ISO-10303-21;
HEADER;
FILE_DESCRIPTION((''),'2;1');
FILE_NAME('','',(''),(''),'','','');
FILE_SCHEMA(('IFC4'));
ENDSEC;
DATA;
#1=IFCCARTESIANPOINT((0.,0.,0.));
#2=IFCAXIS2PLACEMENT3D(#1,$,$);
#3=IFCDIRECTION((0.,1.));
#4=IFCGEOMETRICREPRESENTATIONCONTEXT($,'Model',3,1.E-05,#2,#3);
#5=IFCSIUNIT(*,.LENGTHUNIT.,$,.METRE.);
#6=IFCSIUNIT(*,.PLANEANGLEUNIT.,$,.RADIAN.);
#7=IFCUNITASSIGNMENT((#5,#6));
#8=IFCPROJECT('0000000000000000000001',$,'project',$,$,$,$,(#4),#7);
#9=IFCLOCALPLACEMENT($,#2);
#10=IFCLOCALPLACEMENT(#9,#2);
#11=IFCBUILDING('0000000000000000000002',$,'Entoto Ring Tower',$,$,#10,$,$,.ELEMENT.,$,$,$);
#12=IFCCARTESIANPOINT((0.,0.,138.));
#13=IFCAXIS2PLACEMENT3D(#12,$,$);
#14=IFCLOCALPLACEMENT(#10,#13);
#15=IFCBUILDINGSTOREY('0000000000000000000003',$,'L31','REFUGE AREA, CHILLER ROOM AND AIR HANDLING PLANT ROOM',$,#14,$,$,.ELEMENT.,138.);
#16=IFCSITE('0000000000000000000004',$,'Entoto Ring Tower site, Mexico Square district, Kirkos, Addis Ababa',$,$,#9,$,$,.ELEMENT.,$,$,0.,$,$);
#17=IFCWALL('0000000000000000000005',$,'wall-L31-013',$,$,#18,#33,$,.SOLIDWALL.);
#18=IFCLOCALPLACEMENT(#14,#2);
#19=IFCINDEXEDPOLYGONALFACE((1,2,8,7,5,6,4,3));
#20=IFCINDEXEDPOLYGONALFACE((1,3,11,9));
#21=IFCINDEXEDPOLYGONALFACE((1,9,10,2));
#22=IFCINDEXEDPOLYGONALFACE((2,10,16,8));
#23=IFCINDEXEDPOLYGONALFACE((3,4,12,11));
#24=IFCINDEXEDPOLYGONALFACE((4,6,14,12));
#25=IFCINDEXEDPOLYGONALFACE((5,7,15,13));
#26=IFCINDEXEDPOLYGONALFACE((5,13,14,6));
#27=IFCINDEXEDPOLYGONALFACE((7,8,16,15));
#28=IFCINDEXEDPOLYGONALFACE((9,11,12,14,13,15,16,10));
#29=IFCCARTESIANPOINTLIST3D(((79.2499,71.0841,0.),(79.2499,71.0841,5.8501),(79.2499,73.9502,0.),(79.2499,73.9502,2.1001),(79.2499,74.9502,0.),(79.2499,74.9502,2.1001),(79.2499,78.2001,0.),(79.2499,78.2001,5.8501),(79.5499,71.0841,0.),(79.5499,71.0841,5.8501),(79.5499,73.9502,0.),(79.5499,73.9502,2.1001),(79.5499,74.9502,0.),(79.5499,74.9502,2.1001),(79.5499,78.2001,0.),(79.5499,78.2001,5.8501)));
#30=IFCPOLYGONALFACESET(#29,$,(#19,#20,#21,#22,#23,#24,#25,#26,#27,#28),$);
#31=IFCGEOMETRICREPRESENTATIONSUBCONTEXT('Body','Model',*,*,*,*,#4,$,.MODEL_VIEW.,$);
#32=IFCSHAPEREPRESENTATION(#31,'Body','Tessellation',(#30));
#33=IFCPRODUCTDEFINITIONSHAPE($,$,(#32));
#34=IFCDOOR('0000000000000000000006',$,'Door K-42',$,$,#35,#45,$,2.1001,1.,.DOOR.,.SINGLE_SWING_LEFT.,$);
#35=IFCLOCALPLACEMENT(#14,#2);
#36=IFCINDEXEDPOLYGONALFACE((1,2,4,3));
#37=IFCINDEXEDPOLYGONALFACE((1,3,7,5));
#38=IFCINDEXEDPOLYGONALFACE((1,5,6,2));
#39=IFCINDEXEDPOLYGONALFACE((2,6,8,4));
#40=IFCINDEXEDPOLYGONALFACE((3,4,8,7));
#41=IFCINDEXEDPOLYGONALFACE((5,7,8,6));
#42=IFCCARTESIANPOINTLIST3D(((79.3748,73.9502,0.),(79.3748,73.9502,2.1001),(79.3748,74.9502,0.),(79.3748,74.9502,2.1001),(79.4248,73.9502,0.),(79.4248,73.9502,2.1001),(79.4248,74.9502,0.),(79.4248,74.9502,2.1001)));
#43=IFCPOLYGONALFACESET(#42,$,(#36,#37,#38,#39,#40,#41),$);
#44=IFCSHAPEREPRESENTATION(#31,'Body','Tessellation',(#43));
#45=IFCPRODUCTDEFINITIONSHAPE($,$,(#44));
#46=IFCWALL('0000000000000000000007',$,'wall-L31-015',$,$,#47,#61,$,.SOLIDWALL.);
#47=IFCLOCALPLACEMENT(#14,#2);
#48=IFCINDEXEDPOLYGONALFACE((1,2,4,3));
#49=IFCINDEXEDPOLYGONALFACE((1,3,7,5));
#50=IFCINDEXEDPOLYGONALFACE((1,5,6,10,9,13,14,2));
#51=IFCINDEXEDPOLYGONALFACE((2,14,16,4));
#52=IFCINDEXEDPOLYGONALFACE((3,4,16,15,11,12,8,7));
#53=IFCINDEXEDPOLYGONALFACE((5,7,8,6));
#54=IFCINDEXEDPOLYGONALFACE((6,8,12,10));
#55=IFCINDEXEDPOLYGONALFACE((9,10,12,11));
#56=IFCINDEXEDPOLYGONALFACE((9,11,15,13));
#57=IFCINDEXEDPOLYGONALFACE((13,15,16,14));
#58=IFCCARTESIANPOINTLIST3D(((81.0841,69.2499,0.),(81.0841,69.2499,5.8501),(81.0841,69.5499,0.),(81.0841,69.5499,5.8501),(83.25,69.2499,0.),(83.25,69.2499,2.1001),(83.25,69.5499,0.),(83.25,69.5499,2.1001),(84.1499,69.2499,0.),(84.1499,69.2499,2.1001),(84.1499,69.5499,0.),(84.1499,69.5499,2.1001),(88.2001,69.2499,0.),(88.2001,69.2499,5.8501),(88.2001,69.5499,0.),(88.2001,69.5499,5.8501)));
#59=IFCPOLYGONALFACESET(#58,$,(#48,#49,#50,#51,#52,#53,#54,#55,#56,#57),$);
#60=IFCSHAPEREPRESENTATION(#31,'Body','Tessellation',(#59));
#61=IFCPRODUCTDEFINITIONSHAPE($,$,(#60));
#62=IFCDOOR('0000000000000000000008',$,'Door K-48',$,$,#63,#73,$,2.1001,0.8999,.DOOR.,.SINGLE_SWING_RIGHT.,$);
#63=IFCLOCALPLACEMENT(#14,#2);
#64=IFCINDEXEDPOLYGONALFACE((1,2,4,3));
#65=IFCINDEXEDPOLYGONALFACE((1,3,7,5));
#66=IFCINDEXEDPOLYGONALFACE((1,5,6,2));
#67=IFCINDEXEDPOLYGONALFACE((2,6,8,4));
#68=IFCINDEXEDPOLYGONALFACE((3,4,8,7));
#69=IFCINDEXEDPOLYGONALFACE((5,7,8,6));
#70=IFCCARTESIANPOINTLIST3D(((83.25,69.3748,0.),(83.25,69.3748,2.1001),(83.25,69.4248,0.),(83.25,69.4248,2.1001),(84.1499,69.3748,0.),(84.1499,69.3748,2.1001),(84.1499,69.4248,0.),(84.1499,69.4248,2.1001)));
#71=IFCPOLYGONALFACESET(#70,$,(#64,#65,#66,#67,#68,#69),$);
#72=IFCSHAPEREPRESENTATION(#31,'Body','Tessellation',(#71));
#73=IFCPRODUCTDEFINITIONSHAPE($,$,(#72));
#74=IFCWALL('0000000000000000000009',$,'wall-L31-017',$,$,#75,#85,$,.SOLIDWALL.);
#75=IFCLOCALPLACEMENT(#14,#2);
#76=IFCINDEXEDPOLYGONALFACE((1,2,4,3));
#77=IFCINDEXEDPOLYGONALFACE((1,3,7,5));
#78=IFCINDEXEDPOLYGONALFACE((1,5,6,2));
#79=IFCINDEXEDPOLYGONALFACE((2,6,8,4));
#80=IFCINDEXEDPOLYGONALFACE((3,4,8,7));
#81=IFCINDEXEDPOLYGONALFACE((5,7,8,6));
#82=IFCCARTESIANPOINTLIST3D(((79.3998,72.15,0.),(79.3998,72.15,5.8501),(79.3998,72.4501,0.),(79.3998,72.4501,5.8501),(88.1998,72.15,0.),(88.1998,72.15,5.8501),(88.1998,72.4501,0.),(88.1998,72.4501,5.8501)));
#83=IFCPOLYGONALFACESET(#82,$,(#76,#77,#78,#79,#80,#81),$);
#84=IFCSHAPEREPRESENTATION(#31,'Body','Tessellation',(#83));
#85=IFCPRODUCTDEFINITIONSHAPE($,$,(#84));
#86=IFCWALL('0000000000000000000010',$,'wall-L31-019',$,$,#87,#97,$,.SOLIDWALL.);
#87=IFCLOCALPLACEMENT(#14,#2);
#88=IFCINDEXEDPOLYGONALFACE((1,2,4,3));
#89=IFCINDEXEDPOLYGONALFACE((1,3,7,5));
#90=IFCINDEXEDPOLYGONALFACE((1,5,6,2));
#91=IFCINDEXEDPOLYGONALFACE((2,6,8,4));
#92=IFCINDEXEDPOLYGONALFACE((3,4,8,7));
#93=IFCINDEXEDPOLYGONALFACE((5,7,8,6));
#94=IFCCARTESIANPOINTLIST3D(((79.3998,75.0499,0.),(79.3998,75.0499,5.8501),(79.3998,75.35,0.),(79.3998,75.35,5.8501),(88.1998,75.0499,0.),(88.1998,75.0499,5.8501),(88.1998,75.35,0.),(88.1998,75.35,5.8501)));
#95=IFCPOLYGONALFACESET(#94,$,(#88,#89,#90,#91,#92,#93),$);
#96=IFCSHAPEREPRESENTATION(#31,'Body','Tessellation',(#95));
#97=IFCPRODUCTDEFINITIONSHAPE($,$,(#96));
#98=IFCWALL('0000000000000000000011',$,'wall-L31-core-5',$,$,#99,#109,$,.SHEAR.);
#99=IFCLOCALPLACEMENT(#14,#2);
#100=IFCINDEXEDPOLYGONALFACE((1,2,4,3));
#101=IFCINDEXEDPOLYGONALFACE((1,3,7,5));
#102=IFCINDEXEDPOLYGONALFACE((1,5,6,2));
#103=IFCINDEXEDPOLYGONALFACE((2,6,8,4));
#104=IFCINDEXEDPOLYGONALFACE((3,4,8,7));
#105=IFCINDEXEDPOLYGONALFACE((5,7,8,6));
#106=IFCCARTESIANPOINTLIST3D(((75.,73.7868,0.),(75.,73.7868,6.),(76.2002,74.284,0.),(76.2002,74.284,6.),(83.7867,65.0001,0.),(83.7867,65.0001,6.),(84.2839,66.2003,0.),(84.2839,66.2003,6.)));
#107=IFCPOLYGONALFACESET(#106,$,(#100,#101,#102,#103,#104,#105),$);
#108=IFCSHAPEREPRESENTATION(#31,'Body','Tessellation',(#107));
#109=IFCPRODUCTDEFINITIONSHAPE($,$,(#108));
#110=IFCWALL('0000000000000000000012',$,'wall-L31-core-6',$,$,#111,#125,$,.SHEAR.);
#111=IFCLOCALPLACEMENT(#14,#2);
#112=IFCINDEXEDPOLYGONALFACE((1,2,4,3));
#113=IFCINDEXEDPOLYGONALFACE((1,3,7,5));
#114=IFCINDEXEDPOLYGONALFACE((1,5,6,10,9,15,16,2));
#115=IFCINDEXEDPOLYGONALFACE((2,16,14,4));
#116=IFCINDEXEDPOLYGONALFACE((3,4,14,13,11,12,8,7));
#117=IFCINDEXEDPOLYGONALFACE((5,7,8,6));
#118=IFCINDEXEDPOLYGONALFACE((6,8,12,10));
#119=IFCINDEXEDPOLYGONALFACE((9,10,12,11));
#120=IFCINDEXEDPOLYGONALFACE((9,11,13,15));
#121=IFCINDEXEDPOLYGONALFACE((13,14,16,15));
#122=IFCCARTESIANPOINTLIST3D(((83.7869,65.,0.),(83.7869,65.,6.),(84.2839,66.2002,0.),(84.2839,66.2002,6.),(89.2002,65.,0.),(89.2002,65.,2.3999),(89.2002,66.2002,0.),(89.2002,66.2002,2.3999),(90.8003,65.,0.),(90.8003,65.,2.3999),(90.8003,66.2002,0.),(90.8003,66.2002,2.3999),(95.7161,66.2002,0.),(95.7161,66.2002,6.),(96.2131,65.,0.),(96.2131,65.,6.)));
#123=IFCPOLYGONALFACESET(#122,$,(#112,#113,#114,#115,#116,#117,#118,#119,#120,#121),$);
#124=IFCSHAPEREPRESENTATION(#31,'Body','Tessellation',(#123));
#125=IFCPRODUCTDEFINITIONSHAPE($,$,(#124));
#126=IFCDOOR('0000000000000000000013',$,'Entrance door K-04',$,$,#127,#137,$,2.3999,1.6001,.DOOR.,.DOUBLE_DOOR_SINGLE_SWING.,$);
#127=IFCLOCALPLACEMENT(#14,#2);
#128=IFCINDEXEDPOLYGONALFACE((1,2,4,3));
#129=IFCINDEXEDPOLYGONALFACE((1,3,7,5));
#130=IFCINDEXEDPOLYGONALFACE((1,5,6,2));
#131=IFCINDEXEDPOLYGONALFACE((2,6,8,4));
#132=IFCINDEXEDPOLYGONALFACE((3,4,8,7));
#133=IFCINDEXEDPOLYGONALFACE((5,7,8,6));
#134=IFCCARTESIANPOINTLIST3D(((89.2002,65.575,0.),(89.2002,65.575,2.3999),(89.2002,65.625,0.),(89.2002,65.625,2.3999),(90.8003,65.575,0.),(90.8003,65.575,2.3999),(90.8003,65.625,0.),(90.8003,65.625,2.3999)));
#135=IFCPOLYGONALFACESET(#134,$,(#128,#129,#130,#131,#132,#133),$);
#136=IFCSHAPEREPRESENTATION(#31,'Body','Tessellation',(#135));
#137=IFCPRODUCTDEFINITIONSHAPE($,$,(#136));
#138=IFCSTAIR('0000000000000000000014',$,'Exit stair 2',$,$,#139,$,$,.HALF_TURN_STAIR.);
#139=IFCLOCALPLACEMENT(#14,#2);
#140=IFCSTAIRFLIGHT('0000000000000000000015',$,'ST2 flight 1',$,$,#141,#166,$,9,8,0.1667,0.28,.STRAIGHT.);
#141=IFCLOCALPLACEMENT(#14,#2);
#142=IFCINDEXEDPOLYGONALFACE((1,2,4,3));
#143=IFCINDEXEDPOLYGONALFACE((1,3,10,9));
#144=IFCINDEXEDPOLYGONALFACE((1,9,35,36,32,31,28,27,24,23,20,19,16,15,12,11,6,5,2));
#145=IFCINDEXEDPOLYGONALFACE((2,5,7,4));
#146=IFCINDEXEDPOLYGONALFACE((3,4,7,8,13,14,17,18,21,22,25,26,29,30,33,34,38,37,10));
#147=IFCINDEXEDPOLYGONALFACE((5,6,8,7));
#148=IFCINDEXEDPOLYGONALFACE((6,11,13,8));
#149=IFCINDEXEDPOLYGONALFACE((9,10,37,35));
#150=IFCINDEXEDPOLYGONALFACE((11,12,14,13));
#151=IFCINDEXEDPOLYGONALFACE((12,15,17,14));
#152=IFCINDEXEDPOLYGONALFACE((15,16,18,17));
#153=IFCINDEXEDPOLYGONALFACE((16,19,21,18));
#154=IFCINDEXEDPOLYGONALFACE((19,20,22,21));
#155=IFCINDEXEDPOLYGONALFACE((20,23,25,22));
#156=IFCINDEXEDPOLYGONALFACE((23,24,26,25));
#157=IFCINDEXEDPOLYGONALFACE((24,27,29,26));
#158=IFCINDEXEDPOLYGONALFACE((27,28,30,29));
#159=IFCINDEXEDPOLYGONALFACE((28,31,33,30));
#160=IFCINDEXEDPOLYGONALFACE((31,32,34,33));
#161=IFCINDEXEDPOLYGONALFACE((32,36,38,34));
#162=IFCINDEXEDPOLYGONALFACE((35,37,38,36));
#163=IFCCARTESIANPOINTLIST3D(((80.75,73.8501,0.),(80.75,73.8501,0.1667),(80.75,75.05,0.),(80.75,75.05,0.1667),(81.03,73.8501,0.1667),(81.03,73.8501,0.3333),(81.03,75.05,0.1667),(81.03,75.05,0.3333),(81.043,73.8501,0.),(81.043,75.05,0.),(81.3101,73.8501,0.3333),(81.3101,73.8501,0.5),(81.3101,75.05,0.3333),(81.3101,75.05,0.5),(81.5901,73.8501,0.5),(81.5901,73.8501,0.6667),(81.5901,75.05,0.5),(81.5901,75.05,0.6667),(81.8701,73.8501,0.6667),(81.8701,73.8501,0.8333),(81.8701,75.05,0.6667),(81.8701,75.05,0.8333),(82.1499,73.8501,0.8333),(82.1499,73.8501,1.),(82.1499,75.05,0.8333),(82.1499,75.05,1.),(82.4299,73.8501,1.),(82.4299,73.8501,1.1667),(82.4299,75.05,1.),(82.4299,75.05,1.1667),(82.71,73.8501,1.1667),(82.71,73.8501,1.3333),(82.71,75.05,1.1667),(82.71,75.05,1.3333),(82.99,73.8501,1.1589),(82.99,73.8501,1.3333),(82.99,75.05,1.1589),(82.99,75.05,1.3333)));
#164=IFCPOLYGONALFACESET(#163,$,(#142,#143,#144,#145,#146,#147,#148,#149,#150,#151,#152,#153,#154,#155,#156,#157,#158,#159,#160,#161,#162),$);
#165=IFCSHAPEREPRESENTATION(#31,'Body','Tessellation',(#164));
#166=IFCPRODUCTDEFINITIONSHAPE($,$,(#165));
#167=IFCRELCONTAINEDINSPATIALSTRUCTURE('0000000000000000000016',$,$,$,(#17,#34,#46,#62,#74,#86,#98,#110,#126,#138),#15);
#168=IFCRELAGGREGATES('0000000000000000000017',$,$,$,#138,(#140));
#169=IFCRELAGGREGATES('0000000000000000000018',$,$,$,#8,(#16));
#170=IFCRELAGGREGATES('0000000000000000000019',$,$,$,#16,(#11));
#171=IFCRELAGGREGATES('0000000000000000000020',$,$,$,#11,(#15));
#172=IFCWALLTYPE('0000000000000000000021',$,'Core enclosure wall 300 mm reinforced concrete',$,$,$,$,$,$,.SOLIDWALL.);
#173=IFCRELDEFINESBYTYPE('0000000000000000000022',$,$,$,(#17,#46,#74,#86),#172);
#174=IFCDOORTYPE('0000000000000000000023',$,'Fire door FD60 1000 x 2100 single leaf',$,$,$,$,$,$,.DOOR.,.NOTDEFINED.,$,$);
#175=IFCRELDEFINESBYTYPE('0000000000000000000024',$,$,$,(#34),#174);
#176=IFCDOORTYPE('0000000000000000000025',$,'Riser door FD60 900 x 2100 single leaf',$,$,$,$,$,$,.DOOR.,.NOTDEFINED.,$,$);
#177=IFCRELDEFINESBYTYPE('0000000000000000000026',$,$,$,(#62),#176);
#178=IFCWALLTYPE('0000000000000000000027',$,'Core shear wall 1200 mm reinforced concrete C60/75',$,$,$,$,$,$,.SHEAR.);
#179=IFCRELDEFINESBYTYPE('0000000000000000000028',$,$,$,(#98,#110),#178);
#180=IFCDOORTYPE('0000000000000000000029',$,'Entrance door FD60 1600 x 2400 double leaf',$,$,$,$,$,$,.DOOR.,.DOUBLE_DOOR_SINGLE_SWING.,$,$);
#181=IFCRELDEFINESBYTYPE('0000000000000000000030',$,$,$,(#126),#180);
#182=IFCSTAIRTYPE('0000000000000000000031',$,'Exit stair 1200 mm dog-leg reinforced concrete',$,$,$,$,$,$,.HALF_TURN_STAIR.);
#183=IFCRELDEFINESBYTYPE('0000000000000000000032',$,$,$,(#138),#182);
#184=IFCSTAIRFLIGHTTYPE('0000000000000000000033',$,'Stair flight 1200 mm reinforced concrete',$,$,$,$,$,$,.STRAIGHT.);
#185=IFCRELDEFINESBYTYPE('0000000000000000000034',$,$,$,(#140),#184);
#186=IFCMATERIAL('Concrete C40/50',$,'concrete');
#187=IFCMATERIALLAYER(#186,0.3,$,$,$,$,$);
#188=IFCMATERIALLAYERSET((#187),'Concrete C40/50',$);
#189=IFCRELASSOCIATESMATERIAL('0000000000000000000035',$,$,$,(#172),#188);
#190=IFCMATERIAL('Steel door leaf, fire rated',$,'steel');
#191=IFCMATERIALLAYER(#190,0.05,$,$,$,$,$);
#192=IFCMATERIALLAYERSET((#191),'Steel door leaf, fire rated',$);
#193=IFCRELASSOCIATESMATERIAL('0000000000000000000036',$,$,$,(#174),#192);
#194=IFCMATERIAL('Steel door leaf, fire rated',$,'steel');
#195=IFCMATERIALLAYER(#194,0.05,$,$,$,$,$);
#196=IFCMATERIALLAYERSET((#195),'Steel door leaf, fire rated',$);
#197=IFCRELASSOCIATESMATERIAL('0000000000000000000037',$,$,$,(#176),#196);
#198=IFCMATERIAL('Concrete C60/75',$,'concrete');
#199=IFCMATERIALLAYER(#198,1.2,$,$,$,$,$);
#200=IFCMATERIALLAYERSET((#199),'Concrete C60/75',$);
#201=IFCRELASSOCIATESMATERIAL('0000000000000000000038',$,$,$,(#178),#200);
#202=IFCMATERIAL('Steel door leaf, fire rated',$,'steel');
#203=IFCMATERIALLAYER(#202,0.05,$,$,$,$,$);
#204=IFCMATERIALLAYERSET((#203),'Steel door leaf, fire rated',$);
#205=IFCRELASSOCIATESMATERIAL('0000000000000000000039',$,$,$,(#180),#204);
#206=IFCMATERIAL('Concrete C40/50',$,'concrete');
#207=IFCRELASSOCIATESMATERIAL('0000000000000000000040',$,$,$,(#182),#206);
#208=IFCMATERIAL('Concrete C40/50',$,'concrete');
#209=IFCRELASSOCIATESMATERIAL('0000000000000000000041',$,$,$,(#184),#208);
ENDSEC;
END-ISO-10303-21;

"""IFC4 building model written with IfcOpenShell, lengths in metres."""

from ifc_helpers import new_model, si_unit, direction, frame, frame_2d, origin, place, context, subcontext, project, spatial, polyline, rectangle, outline, extrude, material, layer, layer_set, type_object, element, fill, aggregate, save


model = new_model("IFC4")

# Units and contexts
model_context = context("Model", 3, precision=1e-05, world=origin(), true_north=direction((0.0, 1.0)))
body_context = subcontext(model_context, "Body", "Model", "MODEL_VIEW")
ifc_project = project(units=[si_unit("LENGTHUNIT", "METRE"), si_unit("PLANEANGLEUNIT", "RADIAN")], contexts=[model_context])

# Site, building, storey
site_placement = place(None, origin())
site = spatial("IfcSite", under=ifc_project, at=site_placement, Name="Entoto Ring Tower site, Mexico Square district, Kirkos, Addis Ababa", CompositionType="ELEMENT", RefElevation=0.0)
building_placement = place(site_placement, origin())
building = spatial("IfcBuilding", under=site, at=building_placement, Name="Entoto Ring Tower", CompositionType="ELEMENT")
storey_placement = place(building_placement, frame((0.0, 0.0, 138.0)))
storey = spatial("IfcBuildingStorey", under=building, at=storey_placement, Name="L31", Description="REFUGE AREA, CHILLER ROOM AND AIR HANDLING PLANT ROOM", CompositionType="ELEMENT", Elevation=138.0)

# Shared definitions
ifc_material_1 = material(Name="Concrete C40/50", Category="concrete")
ifc_layer_1 = layer(ifc_material_1, 0.3)
ifc_layer_set_1 = layer_set([ifc_layer_1], Name="Concrete C40/50")
wall_type_1 = type_object("IfcWallType", Name="Core enclosure wall 300 mm reinforced concrete", PredefinedType="SOLIDWALL", material=ifc_layer_set_1)

# Walls, openings, doors
wall_1_placement = place(storey_placement, frame((79.3999, 71.084, 0.0), z_axis=(0.0, 0.0, 1.0), x_axis=(0.0, 1.0, 0.0)))
wall_1 = element("IfcWall", 1, at=wall_1_placement, inside=storey, type_object=wall_type_1, Name="wall-L31-013", PredefinedType="SOLIDWALL", context=body_context, shape_type="SweptSolid", body=[
    extrude(rectangle(XDim=7.116, YDim=0.3, at=frame_2d((3.5581, 0.0))), origin(), (0.0, 0.0, 1.0), 5.8501),
])
opening_1_placement = place(wall_1_placement, frame((2.8662, 0.0, 0.0)))
opening_1 = element("IfcOpeningElement", 2, at=opening_1_placement, cuts=wall_1, PredefinedType="OPENING", context=body_context, shape_type="SweptSolid", body=[
    extrude(rectangle(XDim=1.0, YDim=2.1001, at=frame_2d((0.5, 1.05))), frame((0.0, 0.1602, 0.0), z_axis=(0.0, -1.0, 0.0), x_axis=(1.0, 0.0, 0.0)), (0.0, 0.0, 1.0), 0.3201),
])
ifc_material_2 = material(Name="Steel door leaf, fire rated", Category="steel")
ifc_layer_2 = layer(ifc_material_2, 0.05)
ifc_layer_set_2 = layer_set([ifc_layer_2], Name="Steel door leaf, fire rated")
door_type_1 = type_object("IfcDoorType", Name="Fire door FD60 1000 x 2100 single leaf", OperationType="NOTDEFINED", PredefinedType="DOOR", material=ifc_layer_set_2)
door_1_placement = place(opening_1_placement, frame((1.0, 0.0, 0.0), z_axis=(0.0, 0.0, 1.0), x_axis=(-1.0, 0.0, 0.0)))
door_1 = element("IfcDoor", 3, at=door_1_placement, inside=storey, type_object=door_type_1, Name="Door K-42", OperationType="SINGLE_SWING_LEFT", OverallHeight=2.1001, OverallWidth=1.0, PredefinedType="DOOR", context=body_context, shape_type="SweptSolid", body=[
    extrude(rectangle(XDim=1.0, YDim=2.1001, at=frame_2d((0.5, 1.05))), frame((0.0, 0.0249, 0.0), z_axis=(0.0, -1.0, 0.0), x_axis=(1.0, 0.0, 0.0)), (0.0, 0.0, 1.0), 0.05),
])
fill(opening_1, door_1)
wall_2_placement = place(storey_placement, frame((81.084, 69.3999, 0.0), z_axis=(0.0, 0.0, 1.0), x_axis=(1.0, 0.0, 0.0)))
wall_2 = element("IfcWall", 4, at=wall_2_placement, inside=storey, type_object=wall_type_1, Name="wall-L31-015", PredefinedType="SOLIDWALL", context=body_context, shape_type="SweptSolid", body=[
    extrude(rectangle(XDim=7.116, YDim=0.3, at=frame_2d((3.5581, 0.0))), origin(), (0.0, 0.0, 1.0), 5.8501),
])
opening_2_placement = place(wall_2_placement, frame((2.166, 0.0, 0.0)))
opening_2 = element("IfcOpeningElement", 5, at=opening_2_placement, cuts=wall_2, PredefinedType="OPENING", context=body_context, shape_type="SweptSolid", body=[
    extrude(rectangle(XDim=0.8999, YDim=2.1001, at=frame_2d((0.45, 1.05))), frame((0.0, 0.1602, 0.0), z_axis=(0.0, -1.0, 0.0), x_axis=(1.0, 0.0, 0.0)), (0.0, 0.0, 1.0), 0.3201),
])
ifc_material_3 = material(Name="Steel door leaf, fire rated", Category="steel")
ifc_layer_3 = layer(ifc_material_3, 0.05)
ifc_layer_set_3 = layer_set([ifc_layer_3], Name="Steel door leaf, fire rated")
door_type_2 = type_object("IfcDoorType", Name="Riser door FD60 900 x 2100 single leaf", OperationType="NOTDEFINED", PredefinedType="DOOR", material=ifc_layer_set_3)
door_2_placement = place(opening_2_placement, origin())
door_2 = element("IfcDoor", 6, at=door_2_placement, inside=storey, type_object=door_type_2, Name="Door K-48", OperationType="SINGLE_SWING_RIGHT", OverallHeight=2.1001, OverallWidth=0.8999, PredefinedType="DOOR", context=body_context, shape_type="SweptSolid", body=[
    extrude(rectangle(XDim=0.8999, YDim=2.1001, at=frame_2d((0.45, 1.05))), frame((0.0, 0.0249, 0.0), z_axis=(0.0, -1.0, 0.0), x_axis=(1.0, 0.0, 0.0)), (0.0, 0.0, 1.0), 0.05),
])
fill(opening_2, door_2)

# Walls
for number, where, z_axis, x_axis, name in (
    (7, (79.3999, 72.3, 0.0), (0.0, 0.0, 1.0), (1.0, 0.0, 0.0), "wall-L31-017"),
    (8, (79.3999, 75.2, 0.0), (0.0, 0.0, 1.0), (1.0, 0.0, 0.0), "wall-L31-019"),
):
    element("IfcWall", number, at=place(storey_placement, frame(where, z_axis=z_axis, x_axis=x_axis)), inside=storey, type_object=wall_type_1, Name=name, PredefinedType="SOLIDWALL", context=body_context, shape_type="SweptSolid", body=[
        extrude(rectangle(XDim=8.8, YDim=0.3, at=frame_2d((4.3999, 0.0))), origin(), (0.0, 0.0, 1.0), 5.8501),
    ])
ifc_material_4 = material(Name="Concrete C60/75", Category="concrete")
ifc_layer_4 = layer(ifc_material_4, 1.2)
ifc_layer_set_4 = layer_set([ifc_layer_4], Name="Concrete C60/75")
wall_type_2 = type_object("IfcWallType", Name="Core shear wall 1200 mm reinforced concrete C60/75", PredefinedType="SHEAR", material=ifc_layer_set_4)
wall_3_placement = place(storey_placement, frame((75.6001, 74.0354, 0.0), z_axis=(0.0, 0.0, 1.0), x_axis=(0.707107, -0.707107, 0.0)))
element("IfcWall", 9, at=wall_3_placement, inside=storey, type_object=wall_type_2, Name="wall-L31-core-5", PredefinedType="SHEAR", context=body_context, shape_type="SweptSolid", body=[
    extrude(outline(polyline([(-0.2485, -0.6001), (12.1777, -0.6001), (11.6807, 0.6001), (0.2485, 0.6001), (-0.2485, -0.6001)])), origin(), (0.0, 0.0, 1.0), 6.0),
])

# Wall, opening, door
wall_4_placement = place(storey_placement, frame((84.0354, 65.6001, 0.0), z_axis=(0.0, 0.0, 1.0), x_axis=(1.0, 0.0, 0.0)))
wall_4 = element("IfcWall", 10, at=wall_4_placement, inside=storey, type_object=wall_type_2, Name="wall-L31-core-6", PredefinedType="SHEAR", context=body_context, shape_type="SweptSolid", body=[
    extrude(outline(polyline([(-0.2485, -0.6001), (12.1777, -0.6001), (11.6807, 0.6001), (0.2485, 0.6001), (-0.2485, -0.6001)])), origin(), (0.0, 0.0, 1.0), 6.0),
])
opening_3_placement = place(wall_4_placement, frame((5.1648, 0.0, 0.0)))
opening_3 = element("IfcOpeningElement", 11, at=opening_3_placement, cuts=wall_4, PredefinedType="OPENING", context=body_context, shape_type="SweptSolid", body=[
    extrude(rectangle(XDim=1.6001, YDim=2.3999, at=frame_2d((0.8, 1.2))), frame((0.0, 0.6099, 0.0), z_axis=(0.0, -1.0, 0.0), x_axis=(1.0, 0.0, 0.0)), (0.0, 0.0, 1.0), 1.22),
])
ifc_material_5 = material(Name="Steel door leaf, fire rated", Category="steel")
ifc_layer_5 = layer(ifc_material_5, 0.05)
ifc_layer_set_5 = layer_set([ifc_layer_5], Name="Steel door leaf, fire rated")
door_type_3 = type_object("IfcDoorType", Name="Entrance door FD60 1600 x 2400 double leaf", OperationType="DOUBLE_DOOR_SINGLE_SWING", PredefinedType="DOOR", material=ifc_layer_set_5)
door_3_placement = place(opening_3_placement, origin())
door_3 = element("IfcDoor", 12, at=door_3_placement, inside=storey, type_object=door_type_3, Name="Entrance door K-04", OperationType="DOUBLE_DOOR_SINGLE_SWING", OverallHeight=2.3999, OverallWidth=1.6001, PredefinedType="DOOR", context=body_context, shape_type="SweptSolid", body=[
    extrude(rectangle(XDim=1.6001, YDim=2.3999, at=frame_2d((0.8, 1.2))), frame((0.0, 0.0249, 0.0), z_axis=(0.0, -1.0, 0.0), x_axis=(1.0, 0.0, 0.0)), (0.0, 0.0, 1.0), 0.05),
])
fill(opening_3, door_3)

# Stair, stair flight
ifc_material_6 = material(Name="Concrete C40/50", Category="concrete")
stair_type = type_object("IfcStairType", Name="Exit stair 1200 mm dog-leg reinforced concrete", PredefinedType="HALF_TURN_STAIR", material=ifc_material_6)
stair_placement = place(storey_placement, origin())
stair = element("IfcStair", 13, at=stair_placement, inside=storey, type_object=stair_type, Name="Exit stair 2", PredefinedType="HALF_TURN_STAIR")
ifc_material_7 = material(Name="Concrete C40/50", Category="concrete")
stair_flight_type = type_object("IfcStairFlightType", Name="Stair flight 1200 mm reinforced concrete", PredefinedType="STRAIGHT", material=ifc_material_7)
stair_flight_1_placement = place(storey_placement, frame((80.75, 74.45, 0.0), z_axis=(0.0, 0.0, 1.0), x_axis=(1.0, 0.0, 0.0)))
stair_flight_1 = element("IfcStairFlight", 14, at=stair_flight_1_placement, type_object=stair_flight_type, Name="ST2 flight 1", NumberOfRisers=9, NumberOfTreads=8, PredefinedType="STRAIGHT", RiserHeight=0.1667, TreadLength=0.28, context=body_context, shape_type="SweptSolid", body=[
    extrude(outline(polyline([(0.0, 0.0), (0.0, 0.1667), (0.28, 0.1667), (0.28, 0.3333), (0.5601, 0.3333), (0.5601, 0.5), (0.8401, 0.5), (0.8401, 0.6667), (1.1201, 0.6667), (1.1201, 0.8333), (1.3999, 0.8333), (1.3999, 1.0), (1.6799, 1.0), (1.6799, 1.1667), (1.96, 1.1667), (1.96, 1.3333), (2.24, 1.3333), (2.24, 1.5), (2.24, 1.1589), (0.293, 0.0), (0.0, 0.0)])), frame((0.0, 0.6001, 0.0), z_axis=(0.0, -1.0, 0.0), x_axis=(1.0, 0.0, 0.0)), (0.0, 0.0, 1.0), 1.2),
])
aggregate(stair, [stair_flight_1])

save(model, "model.ifc")
